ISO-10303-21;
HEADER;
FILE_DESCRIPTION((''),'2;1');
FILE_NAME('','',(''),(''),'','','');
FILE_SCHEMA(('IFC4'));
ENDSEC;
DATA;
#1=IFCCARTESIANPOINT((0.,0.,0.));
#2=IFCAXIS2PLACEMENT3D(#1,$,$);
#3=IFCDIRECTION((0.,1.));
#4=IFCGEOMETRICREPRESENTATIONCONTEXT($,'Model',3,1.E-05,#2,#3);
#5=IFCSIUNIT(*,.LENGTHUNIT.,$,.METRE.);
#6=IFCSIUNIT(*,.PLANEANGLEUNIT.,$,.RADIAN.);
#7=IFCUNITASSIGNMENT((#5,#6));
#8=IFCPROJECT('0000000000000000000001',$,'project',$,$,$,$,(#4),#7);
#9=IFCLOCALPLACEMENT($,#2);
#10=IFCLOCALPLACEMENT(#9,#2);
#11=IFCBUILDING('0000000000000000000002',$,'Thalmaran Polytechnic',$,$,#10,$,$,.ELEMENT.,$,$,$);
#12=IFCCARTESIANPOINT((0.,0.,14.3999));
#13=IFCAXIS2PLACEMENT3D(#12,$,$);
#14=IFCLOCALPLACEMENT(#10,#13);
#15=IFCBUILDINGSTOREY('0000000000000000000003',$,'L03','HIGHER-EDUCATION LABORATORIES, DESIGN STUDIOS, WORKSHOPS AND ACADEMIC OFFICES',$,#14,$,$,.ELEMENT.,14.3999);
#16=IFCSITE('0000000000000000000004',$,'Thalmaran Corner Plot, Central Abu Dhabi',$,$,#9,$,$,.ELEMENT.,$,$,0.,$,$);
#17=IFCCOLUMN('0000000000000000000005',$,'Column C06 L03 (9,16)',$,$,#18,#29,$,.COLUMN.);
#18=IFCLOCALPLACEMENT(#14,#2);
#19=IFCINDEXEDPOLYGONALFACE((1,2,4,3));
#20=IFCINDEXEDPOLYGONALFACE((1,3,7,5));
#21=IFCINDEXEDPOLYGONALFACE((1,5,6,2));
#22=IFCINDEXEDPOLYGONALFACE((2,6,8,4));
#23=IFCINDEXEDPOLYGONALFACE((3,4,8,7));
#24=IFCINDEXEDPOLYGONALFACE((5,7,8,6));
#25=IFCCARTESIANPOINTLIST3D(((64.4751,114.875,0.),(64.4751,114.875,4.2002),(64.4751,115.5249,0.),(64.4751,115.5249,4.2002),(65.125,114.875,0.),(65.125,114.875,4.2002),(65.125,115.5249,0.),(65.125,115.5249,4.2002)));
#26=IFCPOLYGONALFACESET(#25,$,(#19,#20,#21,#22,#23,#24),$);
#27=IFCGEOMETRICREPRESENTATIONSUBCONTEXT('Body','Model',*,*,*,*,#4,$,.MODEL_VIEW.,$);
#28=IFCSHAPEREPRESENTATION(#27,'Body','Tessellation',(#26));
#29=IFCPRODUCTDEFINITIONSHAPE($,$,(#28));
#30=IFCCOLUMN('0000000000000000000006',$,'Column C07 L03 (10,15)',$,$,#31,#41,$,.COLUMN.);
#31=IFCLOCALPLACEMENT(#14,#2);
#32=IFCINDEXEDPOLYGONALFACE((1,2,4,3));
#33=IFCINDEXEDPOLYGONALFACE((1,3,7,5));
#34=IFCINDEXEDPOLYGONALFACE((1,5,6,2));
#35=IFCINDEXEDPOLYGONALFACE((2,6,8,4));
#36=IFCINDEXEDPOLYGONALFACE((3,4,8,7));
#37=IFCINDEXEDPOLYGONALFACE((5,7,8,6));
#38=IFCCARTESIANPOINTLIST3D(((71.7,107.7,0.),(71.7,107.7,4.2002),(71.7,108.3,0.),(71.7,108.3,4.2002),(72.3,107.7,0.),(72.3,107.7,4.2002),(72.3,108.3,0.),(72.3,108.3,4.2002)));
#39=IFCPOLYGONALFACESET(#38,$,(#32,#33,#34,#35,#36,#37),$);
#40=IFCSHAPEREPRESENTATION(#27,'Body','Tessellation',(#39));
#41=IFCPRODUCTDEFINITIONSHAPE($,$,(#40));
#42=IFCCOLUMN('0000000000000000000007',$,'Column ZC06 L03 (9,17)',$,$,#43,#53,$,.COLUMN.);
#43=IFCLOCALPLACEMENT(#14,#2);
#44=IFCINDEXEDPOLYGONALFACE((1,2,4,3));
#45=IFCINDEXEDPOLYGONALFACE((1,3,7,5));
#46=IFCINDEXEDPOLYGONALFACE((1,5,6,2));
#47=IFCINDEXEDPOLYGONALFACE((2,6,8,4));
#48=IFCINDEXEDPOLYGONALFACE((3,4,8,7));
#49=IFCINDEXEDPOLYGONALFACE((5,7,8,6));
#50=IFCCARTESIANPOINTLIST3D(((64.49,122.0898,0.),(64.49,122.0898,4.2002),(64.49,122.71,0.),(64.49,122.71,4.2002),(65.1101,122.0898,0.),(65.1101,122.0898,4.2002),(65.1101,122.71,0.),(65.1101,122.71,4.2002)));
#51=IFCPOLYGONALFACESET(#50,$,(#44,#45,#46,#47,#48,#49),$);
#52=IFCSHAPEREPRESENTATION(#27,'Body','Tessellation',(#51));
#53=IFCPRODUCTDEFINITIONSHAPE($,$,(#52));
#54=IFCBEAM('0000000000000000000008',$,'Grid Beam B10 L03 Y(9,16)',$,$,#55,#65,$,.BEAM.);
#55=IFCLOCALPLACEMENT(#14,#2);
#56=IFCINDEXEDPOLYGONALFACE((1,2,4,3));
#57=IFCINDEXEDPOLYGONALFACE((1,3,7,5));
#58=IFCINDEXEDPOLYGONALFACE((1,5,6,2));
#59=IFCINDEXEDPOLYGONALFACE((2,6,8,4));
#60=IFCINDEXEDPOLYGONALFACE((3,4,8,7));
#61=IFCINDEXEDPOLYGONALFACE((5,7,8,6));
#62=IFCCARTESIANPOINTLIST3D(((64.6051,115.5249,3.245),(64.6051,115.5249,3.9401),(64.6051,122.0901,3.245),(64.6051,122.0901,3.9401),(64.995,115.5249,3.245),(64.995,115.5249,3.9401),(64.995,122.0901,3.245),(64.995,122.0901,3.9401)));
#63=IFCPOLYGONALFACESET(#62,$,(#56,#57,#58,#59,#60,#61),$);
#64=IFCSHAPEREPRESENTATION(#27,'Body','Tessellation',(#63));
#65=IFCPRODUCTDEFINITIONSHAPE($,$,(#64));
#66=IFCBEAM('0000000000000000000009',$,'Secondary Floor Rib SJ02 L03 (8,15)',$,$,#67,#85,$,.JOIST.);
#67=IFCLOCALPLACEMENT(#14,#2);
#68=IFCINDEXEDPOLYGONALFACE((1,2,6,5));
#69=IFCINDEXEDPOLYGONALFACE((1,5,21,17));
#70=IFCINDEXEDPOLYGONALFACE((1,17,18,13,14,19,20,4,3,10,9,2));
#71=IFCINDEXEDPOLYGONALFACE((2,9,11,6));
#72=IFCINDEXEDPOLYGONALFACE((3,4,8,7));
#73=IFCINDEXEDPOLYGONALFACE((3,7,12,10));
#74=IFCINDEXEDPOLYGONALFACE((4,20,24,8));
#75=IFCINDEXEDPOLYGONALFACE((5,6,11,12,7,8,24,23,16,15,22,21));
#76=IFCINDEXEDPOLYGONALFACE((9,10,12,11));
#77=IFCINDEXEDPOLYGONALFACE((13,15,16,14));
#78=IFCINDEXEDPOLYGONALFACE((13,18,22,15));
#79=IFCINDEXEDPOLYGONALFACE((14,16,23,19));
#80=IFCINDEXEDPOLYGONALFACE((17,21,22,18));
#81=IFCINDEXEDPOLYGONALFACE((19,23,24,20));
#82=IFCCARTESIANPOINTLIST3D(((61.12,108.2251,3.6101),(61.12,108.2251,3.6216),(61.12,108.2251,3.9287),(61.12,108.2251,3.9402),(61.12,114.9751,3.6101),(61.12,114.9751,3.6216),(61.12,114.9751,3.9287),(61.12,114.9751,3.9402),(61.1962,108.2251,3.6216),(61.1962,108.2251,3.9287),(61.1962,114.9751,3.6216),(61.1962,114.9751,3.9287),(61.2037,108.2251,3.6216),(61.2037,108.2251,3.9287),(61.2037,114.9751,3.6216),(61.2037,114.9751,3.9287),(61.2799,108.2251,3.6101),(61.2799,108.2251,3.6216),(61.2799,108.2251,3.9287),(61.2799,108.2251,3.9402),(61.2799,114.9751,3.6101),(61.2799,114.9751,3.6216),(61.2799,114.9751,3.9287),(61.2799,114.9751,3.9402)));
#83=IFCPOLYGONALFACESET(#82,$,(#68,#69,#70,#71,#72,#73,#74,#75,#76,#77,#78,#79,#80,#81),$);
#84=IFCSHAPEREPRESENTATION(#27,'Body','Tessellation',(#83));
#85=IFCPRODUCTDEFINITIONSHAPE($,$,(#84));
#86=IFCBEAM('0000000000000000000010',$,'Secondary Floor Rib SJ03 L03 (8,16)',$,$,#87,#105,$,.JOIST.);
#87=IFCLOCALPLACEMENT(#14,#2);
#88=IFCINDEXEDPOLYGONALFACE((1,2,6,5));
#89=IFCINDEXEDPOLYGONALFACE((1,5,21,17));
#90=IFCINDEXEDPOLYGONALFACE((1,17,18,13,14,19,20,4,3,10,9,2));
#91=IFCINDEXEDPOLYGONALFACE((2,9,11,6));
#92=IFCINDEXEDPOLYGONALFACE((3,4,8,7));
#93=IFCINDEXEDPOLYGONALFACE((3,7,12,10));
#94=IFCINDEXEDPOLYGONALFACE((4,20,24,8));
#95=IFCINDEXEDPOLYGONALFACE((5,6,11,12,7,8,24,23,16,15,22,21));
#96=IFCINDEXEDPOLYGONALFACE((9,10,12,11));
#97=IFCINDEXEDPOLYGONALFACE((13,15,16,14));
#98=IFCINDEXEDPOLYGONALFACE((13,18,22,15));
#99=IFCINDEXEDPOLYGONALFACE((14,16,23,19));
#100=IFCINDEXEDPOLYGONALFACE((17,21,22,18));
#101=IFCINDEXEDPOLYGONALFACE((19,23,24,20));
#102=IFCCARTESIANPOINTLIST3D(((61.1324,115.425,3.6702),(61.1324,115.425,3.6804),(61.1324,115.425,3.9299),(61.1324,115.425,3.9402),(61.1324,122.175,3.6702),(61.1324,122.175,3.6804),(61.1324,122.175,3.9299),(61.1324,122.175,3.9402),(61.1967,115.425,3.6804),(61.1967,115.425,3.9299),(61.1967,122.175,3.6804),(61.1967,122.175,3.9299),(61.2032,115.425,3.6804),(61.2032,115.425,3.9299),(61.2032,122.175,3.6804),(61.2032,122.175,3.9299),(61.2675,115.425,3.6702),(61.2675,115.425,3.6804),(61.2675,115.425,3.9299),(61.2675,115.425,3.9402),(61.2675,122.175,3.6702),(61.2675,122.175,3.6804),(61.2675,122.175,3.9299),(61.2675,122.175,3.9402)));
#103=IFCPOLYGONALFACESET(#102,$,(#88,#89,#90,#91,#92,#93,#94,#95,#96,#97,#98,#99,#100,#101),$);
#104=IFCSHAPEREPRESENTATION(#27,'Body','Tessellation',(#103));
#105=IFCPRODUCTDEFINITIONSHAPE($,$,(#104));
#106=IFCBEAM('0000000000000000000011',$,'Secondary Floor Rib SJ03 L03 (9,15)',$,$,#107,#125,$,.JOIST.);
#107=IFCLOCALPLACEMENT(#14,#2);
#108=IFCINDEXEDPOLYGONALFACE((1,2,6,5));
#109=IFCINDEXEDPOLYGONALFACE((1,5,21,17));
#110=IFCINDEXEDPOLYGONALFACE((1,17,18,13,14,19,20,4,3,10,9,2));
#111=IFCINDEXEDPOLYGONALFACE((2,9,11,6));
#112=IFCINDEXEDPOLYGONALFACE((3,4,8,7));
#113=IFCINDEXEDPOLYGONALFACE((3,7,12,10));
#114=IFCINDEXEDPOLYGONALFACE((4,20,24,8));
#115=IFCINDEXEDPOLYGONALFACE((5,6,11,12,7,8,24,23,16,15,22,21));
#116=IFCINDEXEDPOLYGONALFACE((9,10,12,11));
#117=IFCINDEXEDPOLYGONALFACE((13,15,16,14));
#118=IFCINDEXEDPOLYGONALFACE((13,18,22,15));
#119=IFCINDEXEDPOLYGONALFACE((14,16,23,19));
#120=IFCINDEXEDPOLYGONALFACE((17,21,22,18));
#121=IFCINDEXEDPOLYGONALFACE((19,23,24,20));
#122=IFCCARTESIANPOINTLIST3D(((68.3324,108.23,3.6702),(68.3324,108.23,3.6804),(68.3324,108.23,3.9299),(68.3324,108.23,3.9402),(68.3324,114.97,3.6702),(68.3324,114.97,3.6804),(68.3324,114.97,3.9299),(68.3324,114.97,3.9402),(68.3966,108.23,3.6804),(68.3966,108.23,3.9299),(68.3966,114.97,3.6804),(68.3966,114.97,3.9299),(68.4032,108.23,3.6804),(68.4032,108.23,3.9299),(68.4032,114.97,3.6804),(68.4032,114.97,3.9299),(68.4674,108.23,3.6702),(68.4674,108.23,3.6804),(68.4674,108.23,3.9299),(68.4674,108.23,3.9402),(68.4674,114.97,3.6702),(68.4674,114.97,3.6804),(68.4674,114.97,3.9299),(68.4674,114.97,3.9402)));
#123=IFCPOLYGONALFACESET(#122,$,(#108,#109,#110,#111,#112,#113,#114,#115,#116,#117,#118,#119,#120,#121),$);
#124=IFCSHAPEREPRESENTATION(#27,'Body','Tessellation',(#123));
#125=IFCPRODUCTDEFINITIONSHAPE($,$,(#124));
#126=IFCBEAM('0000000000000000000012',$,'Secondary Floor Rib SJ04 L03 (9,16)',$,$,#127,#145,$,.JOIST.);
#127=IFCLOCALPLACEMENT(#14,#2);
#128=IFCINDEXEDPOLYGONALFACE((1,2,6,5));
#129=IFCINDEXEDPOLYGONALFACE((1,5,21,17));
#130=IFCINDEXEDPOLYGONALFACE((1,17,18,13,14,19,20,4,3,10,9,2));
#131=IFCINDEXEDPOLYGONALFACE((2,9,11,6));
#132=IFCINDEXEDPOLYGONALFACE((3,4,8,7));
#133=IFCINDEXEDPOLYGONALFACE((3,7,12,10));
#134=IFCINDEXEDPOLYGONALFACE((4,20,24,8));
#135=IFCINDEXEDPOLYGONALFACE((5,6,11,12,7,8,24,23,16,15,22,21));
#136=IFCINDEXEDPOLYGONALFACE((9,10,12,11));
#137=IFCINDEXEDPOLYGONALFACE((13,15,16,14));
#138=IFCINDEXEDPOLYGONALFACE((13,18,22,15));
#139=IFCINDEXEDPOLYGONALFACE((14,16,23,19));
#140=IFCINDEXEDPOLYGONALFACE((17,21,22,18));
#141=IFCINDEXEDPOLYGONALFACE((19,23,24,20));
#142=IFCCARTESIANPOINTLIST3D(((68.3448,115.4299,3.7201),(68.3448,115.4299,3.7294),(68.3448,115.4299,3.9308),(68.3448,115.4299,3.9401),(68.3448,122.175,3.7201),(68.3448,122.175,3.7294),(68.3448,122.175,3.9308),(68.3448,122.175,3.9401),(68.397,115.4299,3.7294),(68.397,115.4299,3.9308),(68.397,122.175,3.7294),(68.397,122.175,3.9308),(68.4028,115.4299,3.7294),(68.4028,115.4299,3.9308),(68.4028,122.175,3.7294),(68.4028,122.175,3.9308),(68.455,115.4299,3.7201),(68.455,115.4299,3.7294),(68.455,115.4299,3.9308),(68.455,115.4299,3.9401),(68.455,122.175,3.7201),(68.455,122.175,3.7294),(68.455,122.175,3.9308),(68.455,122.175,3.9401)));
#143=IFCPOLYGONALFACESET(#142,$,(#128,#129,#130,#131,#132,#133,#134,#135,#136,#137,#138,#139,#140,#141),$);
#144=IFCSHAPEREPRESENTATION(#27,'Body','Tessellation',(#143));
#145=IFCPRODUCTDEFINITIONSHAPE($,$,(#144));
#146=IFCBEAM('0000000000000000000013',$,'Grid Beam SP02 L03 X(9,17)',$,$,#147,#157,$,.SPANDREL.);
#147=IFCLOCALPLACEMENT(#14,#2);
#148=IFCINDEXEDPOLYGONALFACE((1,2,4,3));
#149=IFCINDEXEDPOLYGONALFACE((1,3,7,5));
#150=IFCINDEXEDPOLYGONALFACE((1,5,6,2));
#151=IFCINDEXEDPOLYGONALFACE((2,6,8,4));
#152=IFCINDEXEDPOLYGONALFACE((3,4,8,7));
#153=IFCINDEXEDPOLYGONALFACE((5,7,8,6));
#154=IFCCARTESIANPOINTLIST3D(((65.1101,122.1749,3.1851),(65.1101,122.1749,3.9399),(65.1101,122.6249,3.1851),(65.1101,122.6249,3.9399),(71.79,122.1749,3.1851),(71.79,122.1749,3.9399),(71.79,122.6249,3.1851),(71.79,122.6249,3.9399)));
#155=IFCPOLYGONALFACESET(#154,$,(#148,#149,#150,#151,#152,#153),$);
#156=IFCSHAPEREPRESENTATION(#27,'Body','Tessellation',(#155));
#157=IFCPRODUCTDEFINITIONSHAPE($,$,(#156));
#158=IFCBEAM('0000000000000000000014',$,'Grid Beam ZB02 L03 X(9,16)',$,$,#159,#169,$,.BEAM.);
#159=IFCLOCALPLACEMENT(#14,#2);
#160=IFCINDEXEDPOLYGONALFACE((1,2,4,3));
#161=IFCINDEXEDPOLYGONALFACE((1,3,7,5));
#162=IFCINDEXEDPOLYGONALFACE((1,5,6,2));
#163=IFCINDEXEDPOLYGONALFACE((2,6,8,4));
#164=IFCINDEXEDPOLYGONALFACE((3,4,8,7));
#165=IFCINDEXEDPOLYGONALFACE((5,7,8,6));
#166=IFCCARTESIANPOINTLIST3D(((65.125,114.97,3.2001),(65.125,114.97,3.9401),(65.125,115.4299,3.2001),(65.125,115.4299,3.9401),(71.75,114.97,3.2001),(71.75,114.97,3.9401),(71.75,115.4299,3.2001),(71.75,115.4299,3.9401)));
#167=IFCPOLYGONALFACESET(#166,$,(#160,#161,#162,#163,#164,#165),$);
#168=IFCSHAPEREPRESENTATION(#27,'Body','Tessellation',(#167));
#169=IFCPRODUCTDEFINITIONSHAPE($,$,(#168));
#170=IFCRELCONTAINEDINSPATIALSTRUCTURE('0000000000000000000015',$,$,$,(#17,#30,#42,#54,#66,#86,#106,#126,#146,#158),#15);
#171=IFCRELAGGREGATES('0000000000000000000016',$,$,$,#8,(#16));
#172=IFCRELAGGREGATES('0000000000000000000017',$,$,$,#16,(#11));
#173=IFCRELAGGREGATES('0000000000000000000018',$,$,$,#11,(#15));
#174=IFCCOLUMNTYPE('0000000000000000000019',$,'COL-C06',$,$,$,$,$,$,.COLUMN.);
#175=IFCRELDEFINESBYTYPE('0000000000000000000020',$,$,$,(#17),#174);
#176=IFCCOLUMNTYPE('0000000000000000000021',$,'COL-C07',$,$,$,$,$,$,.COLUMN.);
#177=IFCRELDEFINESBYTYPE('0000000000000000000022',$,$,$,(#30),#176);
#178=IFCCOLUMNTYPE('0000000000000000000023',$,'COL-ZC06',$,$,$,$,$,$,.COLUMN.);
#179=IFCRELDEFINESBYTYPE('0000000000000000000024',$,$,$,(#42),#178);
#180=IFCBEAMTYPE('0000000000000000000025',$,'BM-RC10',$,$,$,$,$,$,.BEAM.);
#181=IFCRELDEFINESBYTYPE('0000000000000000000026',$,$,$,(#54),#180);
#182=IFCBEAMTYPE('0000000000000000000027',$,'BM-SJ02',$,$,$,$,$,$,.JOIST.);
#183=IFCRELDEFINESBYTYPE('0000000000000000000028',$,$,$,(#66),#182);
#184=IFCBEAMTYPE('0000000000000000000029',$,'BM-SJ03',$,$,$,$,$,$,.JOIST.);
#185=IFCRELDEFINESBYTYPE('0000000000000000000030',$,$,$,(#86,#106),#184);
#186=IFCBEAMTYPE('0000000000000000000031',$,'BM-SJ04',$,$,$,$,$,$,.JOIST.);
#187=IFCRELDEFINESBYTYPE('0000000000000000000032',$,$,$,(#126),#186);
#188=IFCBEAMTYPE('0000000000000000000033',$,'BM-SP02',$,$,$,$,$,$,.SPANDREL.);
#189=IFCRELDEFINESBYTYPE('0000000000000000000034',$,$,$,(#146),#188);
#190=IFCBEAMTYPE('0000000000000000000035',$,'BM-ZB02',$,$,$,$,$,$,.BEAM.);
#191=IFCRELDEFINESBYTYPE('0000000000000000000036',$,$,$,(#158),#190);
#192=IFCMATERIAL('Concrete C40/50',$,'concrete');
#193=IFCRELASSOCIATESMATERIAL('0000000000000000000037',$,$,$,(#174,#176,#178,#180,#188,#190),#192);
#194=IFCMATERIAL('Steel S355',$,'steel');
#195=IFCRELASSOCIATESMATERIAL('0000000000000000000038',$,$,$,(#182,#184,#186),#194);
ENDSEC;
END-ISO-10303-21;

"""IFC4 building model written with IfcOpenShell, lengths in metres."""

from ifc_helpers import new_model, si_unit, direction, frame, origin, origin_2d, place, context, subcontext, project, spatial, rectangle, i_section, extrude, material, material_profile, profile_set, type_object, element, save


model = new_model("IFC4")

# Units and contexts
model_context = context("Model", 3, precision=1e-05, world=origin(), true_north=direction((0.0, 1.0)))
body_context = subcontext(model_context, "Body", "Model", "MODEL_VIEW")
ifc_project = project(units=[si_unit("LENGTHUNIT", "METRE"), si_unit("PLANEANGLEUNIT", "RADIAN")], contexts=[model_context])

# Site, building, storey
site_placement = place(None, origin())
site = spatial("IfcSite", under=ifc_project, at=site_placement, Name="Thalmaran Corner Plot, Central Abu Dhabi", CompositionType="ELEMENT", RefElevation=0.0)
building_placement = place(site_placement, origin())
building = spatial("IfcBuilding", under=site, at=building_placement, Name="Thalmaran Polytechnic", CompositionType="ELEMENT")
storey_placement = place(building_placement, frame((0.0, 0.0, 14.3999)))
storey = spatial("IfcBuildingStorey", under=building, at=storey_placement, Name="L03", Description="HIGHER-EDUCATION LABORATORIES, DESIGN STUDIOS, WORKSHOPS AND ACADEMIC OFFICES", CompositionType="ELEMENT", Elevation=14.3999)

# Columns
ifc_material_1 = material(Name="Concrete C40/50", Category="concrete")
ifc_material_profile_1 = material_profile(ifc_material_1, rectangle(XDim=0.6499, YDim=0.6499, at=origin_2d()), Name="RC 650x650")
ifc_profile_set_1 = profile_set([ifc_material_profile_1], Name="Concrete C40/50")
column_type_1 = type_object("IfcColumnType", Name="COL-C06", PredefinedType="COLUMN", material=ifc_profile_set_1)
column_1_placement = place(storey_placement, frame((64.8, 115.2, 0.0), z_axis=(0.0, 0.0, 1.0), x_axis=(1.0, 0.0, 0.0)))
element("IfcColumn", 1, at=column_1_placement, inside=storey, type_object=column_type_1, Name="Column C06 L03 (9,16)", PredefinedType="COLUMN", context=body_context, shape_type="SweptSolid", body=[
    extrude(rectangle(XDim=0.6499, YDim=0.6499, at=origin_2d()), origin(), (0.0, 0.0, 1.0), 4.2002),
])
ifc_material_profile_2 = material_profile(ifc_material_1, rectangle(XDim=0.6001, YDim=0.6001, at=origin_2d()), Name="RC 600x600")
ifc_profile_set_2 = profile_set([ifc_material_profile_2], Name="Concrete C40/50")
column_type_2 = type_object("IfcColumnType", Name="COL-C07", PredefinedType="COLUMN", material=ifc_profile_set_2)
column_2_placement = place(storey_placement, frame((72.0, 108.0, 0.0), z_axis=(0.0, 0.0, 1.0), x_axis=(1.0, 0.0, 0.0)))
element("IfcColumn", 2, at=column_2_placement, inside=storey, type_object=column_type_2, Name="Column C07 L03 (10,15)", PredefinedType="COLUMN", context=body_context, shape_type="SweptSolid", body=[
    extrude(rectangle(XDim=0.6001, YDim=0.6001, at=origin_2d()), origin(), (0.0, 0.0, 1.0), 4.2002),
])
ifc_material_profile_3 = material_profile(ifc_material_1, rectangle(XDim=0.6201, YDim=0.6201, at=origin_2d()), Name="RC 620x620")
ifc_profile_set_3 = profile_set([ifc_material_profile_3], Name="Concrete C40/50")
column_type_3 = type_object("IfcColumnType", Name="COL-ZC06", PredefinedType="COLUMN", material=ifc_profile_set_3)
column_3_placement = place(storey_placement, frame((64.8, 122.3999, 0.0), z_axis=(0.0, 0.0, 1.0), x_axis=(1.0, 0.0, 0.0)))
element("IfcColumn", 3, at=column_3_placement, inside=storey, type_object=column_type_3, Name="Column ZC06 L03 (9,17)", PredefinedType="COLUMN", context=body_context, shape_type="SweptSolid", body=[
    extrude(rectangle(XDim=0.6201, YDim=0.6201, at=origin_2d()), origin(), (0.0, 0.0, 1.0), 4.2002),
])

# Beams
ifc_material_profile_4 = material_profile(ifc_material_1, rectangle(XDim=0.3899, YDim=0.6951, at=origin_2d()), Name="RC 390x695")
ifc_profile_set_4 = profile_set([ifc_material_profile_4], Name="Concrete C40/50")
beam_type_1 = type_object("IfcBeamType", Name="BM-RC10", PredefinedType="BEAM", material=ifc_profile_set_4)
beam_1_placement = place(storey_placement, frame((64.8, 115.5249, 3.5925), z_axis=(0.0, 1.0, 0.0), x_axis=(-1.0, 0.0, 0.0)))
element("IfcBeam", 4, at=beam_1_placement, inside=storey, type_object=beam_type_1, Name="Grid Beam B10 L03 Y(9,16)", PredefinedType="BEAM", context=body_context, shape_type="SweptSolid", body=[
    extrude(rectangle(XDim=0.3899, YDim=0.6951, at=origin_2d()), origin(), (0.0, 0.0, 1.0), 6.5652),
])
ifc_material_2 = material(Name="Steel S355", Category="steel")
ifc_material_profile_5 = material_profile(ifc_material_2, i_section(OverallWidth=0.1599, OverallDepth=0.3301, WebThickness=0.0076, FlangeThickness=0.0115, at=origin_2d()), Name="IPE 330")
ifc_profile_set_5 = profile_set([ifc_material_profile_5], Name="Steel S355")
beam_type_2 = type_object("IfcBeamType", Name="BM-SJ02", PredefinedType="JOIST", material=ifc_profile_set_5)
beam_2_placement = place(storey_placement, frame((61.2, 108.2251, 3.7751), z_axis=(0.0, 1.0, 0.0), x_axis=(-1.0, 0.0, 0.0)))
element("IfcBeam", 5, at=beam_2_placement, inside=storey, type_object=beam_type_2, Name="Secondary Floor Rib SJ02 L03 (8,15)", PredefinedType="JOIST", context=body_context, shape_type="SweptSolid", body=[
    extrude(i_section(OverallWidth=0.1599, OverallDepth=0.3301, WebThickness=0.0076, FlangeThickness=0.0115, at=origin_2d()), origin(), (0.0, 0.0, 1.0), 6.75),
])
ifc_material_profile_6 = material_profile(ifc_material_2, i_section(OverallWidth=0.135, OverallDepth=0.27, WebThickness=0.0066, FlangeThickness=0.0103, at=origin_2d()), Name="IPE 270")
ifc_profile_set_6 = profile_set([ifc_material_profile_6], Name="Steel S355")
beam_type_3 = type_object("IfcBeamType", Name="BM-SJ03", PredefinedType="JOIST", material=ifc_profile_set_6)
beam_3_placement = place(storey_placement, frame((61.2, 115.425, 3.8052), z_axis=(0.0, 1.0, 0.0), x_axis=(-1.0, 0.0, 0.0)))
element("IfcBeam", 6, at=beam_3_placement, inside=storey, type_object=beam_type_3, Name="Secondary Floor Rib SJ03 L03 (8,16)", PredefinedType="JOIST", context=body_context, shape_type="SweptSolid", body=[
    extrude(i_section(OverallWidth=0.135, OverallDepth=0.27, WebThickness=0.0066, FlangeThickness=0.0103, at=origin_2d()), origin(), (0.0, 0.0, 1.0), 6.75),
])
beam_4_placement = place(storey_placement, frame((68.3999, 108.23, 3.8052), z_axis=(0.0, 1.0, 0.0), x_axis=(-1.0, 0.0, 0.0)))
element("IfcBeam", 7, at=beam_4_placement, inside=storey, type_object=beam_type_3, Name="Secondary Floor Rib SJ03 L03 (9,15)", PredefinedType="JOIST", context=body_context, shape_type="SweptSolid", body=[
    extrude(i_section(OverallWidth=0.135, OverallDepth=0.27, WebThickness=0.0066, FlangeThickness=0.0103, at=origin_2d()), origin(), (0.0, 0.0, 1.0), 6.74),
])
ifc_material_profile_7 = material_profile(ifc_material_2, i_section(OverallWidth=0.1101, OverallDepth=0.22, WebThickness=0.0059, FlangeThickness=0.0093, at=origin_2d()), Name="IPE 220")
ifc_profile_set_7 = profile_set([ifc_material_profile_7], Name="Steel S355")
beam_type_4 = type_object("IfcBeamType", Name="BM-SJ04", PredefinedType="JOIST", material=ifc_profile_set_7)
beam_5_placement = place(storey_placement, frame((68.3999, 115.4299, 3.8301), z_axis=(0.0, 1.0, 0.0), x_axis=(-1.0, 0.0, 0.0)))
element("IfcBeam", 8, at=beam_5_placement, inside=storey, type_object=beam_type_4, Name="Secondary Floor Rib SJ04 L03 (9,16)", PredefinedType="JOIST", context=body_context, shape_type="SweptSolid", body=[
    extrude(i_section(OverallWidth=0.1101, OverallDepth=0.22, WebThickness=0.0059, FlangeThickness=0.0093, at=origin_2d()), origin(), (0.0, 0.0, 1.0), 6.7451),
])
ifc_material_profile_8 = material_profile(ifc_material_1, rectangle(XDim=0.45, YDim=0.7549, at=origin_2d()), Name="RC 450x755")
ifc_profile_set_8 = profile_set([ifc_material_profile_8], Name="Concrete C40/50")
beam_type_5 = type_object("IfcBeamType", Name="BM-SP02", PredefinedType="SPANDREL", material=ifc_profile_set_8)
beam_6_placement = place(storey_placement, frame((65.1101, 122.3999, 3.5625), z_axis=(1.0, 0.0, 0.0), x_axis=(0.0, 1.0, 0.0)))
element("IfcBeam", 9, at=beam_6_placement, inside=storey, type_object=beam_type_5, Name="Grid Beam SP02 L03 X(9,17)", PredefinedType="SPANDREL", context=body_context, shape_type="SweptSolid", body=[
    extrude(rectangle(XDim=0.45, YDim=0.7549, at=origin_2d()), origin(), (0.0, 0.0, 1.0), 6.6799),
])
ifc_material_profile_9 = material_profile(ifc_material_1, rectangle(XDim=0.46, YDim=0.74, at=origin_2d()), Name="RC 460x740")
ifc_profile_set_9 = profile_set([ifc_material_profile_9], Name="Concrete C40/50")
beam_type_6 = type_object("IfcBeamType", Name="BM-ZB02", PredefinedType="BEAM", material=ifc_profile_set_9)
beam_7_placement = place(storey_placement, frame((65.125, 115.2, 3.5701), z_axis=(1.0, 0.0, 0.0), x_axis=(0.0, 1.0, 0.0)))
element("IfcBeam", 10, at=beam_7_placement, inside=storey, type_object=beam_type_6, Name="Grid Beam ZB02 L03 X(9,16)", PredefinedType="BEAM", context=body_context, shape_type="SweptSolid", body=[
    extrude(rectangle(XDim=0.46, YDim=0.74, at=origin_2d()), origin(), (0.0, 0.0, 1.0), 6.625),
])

save(model, "model.ifc")
